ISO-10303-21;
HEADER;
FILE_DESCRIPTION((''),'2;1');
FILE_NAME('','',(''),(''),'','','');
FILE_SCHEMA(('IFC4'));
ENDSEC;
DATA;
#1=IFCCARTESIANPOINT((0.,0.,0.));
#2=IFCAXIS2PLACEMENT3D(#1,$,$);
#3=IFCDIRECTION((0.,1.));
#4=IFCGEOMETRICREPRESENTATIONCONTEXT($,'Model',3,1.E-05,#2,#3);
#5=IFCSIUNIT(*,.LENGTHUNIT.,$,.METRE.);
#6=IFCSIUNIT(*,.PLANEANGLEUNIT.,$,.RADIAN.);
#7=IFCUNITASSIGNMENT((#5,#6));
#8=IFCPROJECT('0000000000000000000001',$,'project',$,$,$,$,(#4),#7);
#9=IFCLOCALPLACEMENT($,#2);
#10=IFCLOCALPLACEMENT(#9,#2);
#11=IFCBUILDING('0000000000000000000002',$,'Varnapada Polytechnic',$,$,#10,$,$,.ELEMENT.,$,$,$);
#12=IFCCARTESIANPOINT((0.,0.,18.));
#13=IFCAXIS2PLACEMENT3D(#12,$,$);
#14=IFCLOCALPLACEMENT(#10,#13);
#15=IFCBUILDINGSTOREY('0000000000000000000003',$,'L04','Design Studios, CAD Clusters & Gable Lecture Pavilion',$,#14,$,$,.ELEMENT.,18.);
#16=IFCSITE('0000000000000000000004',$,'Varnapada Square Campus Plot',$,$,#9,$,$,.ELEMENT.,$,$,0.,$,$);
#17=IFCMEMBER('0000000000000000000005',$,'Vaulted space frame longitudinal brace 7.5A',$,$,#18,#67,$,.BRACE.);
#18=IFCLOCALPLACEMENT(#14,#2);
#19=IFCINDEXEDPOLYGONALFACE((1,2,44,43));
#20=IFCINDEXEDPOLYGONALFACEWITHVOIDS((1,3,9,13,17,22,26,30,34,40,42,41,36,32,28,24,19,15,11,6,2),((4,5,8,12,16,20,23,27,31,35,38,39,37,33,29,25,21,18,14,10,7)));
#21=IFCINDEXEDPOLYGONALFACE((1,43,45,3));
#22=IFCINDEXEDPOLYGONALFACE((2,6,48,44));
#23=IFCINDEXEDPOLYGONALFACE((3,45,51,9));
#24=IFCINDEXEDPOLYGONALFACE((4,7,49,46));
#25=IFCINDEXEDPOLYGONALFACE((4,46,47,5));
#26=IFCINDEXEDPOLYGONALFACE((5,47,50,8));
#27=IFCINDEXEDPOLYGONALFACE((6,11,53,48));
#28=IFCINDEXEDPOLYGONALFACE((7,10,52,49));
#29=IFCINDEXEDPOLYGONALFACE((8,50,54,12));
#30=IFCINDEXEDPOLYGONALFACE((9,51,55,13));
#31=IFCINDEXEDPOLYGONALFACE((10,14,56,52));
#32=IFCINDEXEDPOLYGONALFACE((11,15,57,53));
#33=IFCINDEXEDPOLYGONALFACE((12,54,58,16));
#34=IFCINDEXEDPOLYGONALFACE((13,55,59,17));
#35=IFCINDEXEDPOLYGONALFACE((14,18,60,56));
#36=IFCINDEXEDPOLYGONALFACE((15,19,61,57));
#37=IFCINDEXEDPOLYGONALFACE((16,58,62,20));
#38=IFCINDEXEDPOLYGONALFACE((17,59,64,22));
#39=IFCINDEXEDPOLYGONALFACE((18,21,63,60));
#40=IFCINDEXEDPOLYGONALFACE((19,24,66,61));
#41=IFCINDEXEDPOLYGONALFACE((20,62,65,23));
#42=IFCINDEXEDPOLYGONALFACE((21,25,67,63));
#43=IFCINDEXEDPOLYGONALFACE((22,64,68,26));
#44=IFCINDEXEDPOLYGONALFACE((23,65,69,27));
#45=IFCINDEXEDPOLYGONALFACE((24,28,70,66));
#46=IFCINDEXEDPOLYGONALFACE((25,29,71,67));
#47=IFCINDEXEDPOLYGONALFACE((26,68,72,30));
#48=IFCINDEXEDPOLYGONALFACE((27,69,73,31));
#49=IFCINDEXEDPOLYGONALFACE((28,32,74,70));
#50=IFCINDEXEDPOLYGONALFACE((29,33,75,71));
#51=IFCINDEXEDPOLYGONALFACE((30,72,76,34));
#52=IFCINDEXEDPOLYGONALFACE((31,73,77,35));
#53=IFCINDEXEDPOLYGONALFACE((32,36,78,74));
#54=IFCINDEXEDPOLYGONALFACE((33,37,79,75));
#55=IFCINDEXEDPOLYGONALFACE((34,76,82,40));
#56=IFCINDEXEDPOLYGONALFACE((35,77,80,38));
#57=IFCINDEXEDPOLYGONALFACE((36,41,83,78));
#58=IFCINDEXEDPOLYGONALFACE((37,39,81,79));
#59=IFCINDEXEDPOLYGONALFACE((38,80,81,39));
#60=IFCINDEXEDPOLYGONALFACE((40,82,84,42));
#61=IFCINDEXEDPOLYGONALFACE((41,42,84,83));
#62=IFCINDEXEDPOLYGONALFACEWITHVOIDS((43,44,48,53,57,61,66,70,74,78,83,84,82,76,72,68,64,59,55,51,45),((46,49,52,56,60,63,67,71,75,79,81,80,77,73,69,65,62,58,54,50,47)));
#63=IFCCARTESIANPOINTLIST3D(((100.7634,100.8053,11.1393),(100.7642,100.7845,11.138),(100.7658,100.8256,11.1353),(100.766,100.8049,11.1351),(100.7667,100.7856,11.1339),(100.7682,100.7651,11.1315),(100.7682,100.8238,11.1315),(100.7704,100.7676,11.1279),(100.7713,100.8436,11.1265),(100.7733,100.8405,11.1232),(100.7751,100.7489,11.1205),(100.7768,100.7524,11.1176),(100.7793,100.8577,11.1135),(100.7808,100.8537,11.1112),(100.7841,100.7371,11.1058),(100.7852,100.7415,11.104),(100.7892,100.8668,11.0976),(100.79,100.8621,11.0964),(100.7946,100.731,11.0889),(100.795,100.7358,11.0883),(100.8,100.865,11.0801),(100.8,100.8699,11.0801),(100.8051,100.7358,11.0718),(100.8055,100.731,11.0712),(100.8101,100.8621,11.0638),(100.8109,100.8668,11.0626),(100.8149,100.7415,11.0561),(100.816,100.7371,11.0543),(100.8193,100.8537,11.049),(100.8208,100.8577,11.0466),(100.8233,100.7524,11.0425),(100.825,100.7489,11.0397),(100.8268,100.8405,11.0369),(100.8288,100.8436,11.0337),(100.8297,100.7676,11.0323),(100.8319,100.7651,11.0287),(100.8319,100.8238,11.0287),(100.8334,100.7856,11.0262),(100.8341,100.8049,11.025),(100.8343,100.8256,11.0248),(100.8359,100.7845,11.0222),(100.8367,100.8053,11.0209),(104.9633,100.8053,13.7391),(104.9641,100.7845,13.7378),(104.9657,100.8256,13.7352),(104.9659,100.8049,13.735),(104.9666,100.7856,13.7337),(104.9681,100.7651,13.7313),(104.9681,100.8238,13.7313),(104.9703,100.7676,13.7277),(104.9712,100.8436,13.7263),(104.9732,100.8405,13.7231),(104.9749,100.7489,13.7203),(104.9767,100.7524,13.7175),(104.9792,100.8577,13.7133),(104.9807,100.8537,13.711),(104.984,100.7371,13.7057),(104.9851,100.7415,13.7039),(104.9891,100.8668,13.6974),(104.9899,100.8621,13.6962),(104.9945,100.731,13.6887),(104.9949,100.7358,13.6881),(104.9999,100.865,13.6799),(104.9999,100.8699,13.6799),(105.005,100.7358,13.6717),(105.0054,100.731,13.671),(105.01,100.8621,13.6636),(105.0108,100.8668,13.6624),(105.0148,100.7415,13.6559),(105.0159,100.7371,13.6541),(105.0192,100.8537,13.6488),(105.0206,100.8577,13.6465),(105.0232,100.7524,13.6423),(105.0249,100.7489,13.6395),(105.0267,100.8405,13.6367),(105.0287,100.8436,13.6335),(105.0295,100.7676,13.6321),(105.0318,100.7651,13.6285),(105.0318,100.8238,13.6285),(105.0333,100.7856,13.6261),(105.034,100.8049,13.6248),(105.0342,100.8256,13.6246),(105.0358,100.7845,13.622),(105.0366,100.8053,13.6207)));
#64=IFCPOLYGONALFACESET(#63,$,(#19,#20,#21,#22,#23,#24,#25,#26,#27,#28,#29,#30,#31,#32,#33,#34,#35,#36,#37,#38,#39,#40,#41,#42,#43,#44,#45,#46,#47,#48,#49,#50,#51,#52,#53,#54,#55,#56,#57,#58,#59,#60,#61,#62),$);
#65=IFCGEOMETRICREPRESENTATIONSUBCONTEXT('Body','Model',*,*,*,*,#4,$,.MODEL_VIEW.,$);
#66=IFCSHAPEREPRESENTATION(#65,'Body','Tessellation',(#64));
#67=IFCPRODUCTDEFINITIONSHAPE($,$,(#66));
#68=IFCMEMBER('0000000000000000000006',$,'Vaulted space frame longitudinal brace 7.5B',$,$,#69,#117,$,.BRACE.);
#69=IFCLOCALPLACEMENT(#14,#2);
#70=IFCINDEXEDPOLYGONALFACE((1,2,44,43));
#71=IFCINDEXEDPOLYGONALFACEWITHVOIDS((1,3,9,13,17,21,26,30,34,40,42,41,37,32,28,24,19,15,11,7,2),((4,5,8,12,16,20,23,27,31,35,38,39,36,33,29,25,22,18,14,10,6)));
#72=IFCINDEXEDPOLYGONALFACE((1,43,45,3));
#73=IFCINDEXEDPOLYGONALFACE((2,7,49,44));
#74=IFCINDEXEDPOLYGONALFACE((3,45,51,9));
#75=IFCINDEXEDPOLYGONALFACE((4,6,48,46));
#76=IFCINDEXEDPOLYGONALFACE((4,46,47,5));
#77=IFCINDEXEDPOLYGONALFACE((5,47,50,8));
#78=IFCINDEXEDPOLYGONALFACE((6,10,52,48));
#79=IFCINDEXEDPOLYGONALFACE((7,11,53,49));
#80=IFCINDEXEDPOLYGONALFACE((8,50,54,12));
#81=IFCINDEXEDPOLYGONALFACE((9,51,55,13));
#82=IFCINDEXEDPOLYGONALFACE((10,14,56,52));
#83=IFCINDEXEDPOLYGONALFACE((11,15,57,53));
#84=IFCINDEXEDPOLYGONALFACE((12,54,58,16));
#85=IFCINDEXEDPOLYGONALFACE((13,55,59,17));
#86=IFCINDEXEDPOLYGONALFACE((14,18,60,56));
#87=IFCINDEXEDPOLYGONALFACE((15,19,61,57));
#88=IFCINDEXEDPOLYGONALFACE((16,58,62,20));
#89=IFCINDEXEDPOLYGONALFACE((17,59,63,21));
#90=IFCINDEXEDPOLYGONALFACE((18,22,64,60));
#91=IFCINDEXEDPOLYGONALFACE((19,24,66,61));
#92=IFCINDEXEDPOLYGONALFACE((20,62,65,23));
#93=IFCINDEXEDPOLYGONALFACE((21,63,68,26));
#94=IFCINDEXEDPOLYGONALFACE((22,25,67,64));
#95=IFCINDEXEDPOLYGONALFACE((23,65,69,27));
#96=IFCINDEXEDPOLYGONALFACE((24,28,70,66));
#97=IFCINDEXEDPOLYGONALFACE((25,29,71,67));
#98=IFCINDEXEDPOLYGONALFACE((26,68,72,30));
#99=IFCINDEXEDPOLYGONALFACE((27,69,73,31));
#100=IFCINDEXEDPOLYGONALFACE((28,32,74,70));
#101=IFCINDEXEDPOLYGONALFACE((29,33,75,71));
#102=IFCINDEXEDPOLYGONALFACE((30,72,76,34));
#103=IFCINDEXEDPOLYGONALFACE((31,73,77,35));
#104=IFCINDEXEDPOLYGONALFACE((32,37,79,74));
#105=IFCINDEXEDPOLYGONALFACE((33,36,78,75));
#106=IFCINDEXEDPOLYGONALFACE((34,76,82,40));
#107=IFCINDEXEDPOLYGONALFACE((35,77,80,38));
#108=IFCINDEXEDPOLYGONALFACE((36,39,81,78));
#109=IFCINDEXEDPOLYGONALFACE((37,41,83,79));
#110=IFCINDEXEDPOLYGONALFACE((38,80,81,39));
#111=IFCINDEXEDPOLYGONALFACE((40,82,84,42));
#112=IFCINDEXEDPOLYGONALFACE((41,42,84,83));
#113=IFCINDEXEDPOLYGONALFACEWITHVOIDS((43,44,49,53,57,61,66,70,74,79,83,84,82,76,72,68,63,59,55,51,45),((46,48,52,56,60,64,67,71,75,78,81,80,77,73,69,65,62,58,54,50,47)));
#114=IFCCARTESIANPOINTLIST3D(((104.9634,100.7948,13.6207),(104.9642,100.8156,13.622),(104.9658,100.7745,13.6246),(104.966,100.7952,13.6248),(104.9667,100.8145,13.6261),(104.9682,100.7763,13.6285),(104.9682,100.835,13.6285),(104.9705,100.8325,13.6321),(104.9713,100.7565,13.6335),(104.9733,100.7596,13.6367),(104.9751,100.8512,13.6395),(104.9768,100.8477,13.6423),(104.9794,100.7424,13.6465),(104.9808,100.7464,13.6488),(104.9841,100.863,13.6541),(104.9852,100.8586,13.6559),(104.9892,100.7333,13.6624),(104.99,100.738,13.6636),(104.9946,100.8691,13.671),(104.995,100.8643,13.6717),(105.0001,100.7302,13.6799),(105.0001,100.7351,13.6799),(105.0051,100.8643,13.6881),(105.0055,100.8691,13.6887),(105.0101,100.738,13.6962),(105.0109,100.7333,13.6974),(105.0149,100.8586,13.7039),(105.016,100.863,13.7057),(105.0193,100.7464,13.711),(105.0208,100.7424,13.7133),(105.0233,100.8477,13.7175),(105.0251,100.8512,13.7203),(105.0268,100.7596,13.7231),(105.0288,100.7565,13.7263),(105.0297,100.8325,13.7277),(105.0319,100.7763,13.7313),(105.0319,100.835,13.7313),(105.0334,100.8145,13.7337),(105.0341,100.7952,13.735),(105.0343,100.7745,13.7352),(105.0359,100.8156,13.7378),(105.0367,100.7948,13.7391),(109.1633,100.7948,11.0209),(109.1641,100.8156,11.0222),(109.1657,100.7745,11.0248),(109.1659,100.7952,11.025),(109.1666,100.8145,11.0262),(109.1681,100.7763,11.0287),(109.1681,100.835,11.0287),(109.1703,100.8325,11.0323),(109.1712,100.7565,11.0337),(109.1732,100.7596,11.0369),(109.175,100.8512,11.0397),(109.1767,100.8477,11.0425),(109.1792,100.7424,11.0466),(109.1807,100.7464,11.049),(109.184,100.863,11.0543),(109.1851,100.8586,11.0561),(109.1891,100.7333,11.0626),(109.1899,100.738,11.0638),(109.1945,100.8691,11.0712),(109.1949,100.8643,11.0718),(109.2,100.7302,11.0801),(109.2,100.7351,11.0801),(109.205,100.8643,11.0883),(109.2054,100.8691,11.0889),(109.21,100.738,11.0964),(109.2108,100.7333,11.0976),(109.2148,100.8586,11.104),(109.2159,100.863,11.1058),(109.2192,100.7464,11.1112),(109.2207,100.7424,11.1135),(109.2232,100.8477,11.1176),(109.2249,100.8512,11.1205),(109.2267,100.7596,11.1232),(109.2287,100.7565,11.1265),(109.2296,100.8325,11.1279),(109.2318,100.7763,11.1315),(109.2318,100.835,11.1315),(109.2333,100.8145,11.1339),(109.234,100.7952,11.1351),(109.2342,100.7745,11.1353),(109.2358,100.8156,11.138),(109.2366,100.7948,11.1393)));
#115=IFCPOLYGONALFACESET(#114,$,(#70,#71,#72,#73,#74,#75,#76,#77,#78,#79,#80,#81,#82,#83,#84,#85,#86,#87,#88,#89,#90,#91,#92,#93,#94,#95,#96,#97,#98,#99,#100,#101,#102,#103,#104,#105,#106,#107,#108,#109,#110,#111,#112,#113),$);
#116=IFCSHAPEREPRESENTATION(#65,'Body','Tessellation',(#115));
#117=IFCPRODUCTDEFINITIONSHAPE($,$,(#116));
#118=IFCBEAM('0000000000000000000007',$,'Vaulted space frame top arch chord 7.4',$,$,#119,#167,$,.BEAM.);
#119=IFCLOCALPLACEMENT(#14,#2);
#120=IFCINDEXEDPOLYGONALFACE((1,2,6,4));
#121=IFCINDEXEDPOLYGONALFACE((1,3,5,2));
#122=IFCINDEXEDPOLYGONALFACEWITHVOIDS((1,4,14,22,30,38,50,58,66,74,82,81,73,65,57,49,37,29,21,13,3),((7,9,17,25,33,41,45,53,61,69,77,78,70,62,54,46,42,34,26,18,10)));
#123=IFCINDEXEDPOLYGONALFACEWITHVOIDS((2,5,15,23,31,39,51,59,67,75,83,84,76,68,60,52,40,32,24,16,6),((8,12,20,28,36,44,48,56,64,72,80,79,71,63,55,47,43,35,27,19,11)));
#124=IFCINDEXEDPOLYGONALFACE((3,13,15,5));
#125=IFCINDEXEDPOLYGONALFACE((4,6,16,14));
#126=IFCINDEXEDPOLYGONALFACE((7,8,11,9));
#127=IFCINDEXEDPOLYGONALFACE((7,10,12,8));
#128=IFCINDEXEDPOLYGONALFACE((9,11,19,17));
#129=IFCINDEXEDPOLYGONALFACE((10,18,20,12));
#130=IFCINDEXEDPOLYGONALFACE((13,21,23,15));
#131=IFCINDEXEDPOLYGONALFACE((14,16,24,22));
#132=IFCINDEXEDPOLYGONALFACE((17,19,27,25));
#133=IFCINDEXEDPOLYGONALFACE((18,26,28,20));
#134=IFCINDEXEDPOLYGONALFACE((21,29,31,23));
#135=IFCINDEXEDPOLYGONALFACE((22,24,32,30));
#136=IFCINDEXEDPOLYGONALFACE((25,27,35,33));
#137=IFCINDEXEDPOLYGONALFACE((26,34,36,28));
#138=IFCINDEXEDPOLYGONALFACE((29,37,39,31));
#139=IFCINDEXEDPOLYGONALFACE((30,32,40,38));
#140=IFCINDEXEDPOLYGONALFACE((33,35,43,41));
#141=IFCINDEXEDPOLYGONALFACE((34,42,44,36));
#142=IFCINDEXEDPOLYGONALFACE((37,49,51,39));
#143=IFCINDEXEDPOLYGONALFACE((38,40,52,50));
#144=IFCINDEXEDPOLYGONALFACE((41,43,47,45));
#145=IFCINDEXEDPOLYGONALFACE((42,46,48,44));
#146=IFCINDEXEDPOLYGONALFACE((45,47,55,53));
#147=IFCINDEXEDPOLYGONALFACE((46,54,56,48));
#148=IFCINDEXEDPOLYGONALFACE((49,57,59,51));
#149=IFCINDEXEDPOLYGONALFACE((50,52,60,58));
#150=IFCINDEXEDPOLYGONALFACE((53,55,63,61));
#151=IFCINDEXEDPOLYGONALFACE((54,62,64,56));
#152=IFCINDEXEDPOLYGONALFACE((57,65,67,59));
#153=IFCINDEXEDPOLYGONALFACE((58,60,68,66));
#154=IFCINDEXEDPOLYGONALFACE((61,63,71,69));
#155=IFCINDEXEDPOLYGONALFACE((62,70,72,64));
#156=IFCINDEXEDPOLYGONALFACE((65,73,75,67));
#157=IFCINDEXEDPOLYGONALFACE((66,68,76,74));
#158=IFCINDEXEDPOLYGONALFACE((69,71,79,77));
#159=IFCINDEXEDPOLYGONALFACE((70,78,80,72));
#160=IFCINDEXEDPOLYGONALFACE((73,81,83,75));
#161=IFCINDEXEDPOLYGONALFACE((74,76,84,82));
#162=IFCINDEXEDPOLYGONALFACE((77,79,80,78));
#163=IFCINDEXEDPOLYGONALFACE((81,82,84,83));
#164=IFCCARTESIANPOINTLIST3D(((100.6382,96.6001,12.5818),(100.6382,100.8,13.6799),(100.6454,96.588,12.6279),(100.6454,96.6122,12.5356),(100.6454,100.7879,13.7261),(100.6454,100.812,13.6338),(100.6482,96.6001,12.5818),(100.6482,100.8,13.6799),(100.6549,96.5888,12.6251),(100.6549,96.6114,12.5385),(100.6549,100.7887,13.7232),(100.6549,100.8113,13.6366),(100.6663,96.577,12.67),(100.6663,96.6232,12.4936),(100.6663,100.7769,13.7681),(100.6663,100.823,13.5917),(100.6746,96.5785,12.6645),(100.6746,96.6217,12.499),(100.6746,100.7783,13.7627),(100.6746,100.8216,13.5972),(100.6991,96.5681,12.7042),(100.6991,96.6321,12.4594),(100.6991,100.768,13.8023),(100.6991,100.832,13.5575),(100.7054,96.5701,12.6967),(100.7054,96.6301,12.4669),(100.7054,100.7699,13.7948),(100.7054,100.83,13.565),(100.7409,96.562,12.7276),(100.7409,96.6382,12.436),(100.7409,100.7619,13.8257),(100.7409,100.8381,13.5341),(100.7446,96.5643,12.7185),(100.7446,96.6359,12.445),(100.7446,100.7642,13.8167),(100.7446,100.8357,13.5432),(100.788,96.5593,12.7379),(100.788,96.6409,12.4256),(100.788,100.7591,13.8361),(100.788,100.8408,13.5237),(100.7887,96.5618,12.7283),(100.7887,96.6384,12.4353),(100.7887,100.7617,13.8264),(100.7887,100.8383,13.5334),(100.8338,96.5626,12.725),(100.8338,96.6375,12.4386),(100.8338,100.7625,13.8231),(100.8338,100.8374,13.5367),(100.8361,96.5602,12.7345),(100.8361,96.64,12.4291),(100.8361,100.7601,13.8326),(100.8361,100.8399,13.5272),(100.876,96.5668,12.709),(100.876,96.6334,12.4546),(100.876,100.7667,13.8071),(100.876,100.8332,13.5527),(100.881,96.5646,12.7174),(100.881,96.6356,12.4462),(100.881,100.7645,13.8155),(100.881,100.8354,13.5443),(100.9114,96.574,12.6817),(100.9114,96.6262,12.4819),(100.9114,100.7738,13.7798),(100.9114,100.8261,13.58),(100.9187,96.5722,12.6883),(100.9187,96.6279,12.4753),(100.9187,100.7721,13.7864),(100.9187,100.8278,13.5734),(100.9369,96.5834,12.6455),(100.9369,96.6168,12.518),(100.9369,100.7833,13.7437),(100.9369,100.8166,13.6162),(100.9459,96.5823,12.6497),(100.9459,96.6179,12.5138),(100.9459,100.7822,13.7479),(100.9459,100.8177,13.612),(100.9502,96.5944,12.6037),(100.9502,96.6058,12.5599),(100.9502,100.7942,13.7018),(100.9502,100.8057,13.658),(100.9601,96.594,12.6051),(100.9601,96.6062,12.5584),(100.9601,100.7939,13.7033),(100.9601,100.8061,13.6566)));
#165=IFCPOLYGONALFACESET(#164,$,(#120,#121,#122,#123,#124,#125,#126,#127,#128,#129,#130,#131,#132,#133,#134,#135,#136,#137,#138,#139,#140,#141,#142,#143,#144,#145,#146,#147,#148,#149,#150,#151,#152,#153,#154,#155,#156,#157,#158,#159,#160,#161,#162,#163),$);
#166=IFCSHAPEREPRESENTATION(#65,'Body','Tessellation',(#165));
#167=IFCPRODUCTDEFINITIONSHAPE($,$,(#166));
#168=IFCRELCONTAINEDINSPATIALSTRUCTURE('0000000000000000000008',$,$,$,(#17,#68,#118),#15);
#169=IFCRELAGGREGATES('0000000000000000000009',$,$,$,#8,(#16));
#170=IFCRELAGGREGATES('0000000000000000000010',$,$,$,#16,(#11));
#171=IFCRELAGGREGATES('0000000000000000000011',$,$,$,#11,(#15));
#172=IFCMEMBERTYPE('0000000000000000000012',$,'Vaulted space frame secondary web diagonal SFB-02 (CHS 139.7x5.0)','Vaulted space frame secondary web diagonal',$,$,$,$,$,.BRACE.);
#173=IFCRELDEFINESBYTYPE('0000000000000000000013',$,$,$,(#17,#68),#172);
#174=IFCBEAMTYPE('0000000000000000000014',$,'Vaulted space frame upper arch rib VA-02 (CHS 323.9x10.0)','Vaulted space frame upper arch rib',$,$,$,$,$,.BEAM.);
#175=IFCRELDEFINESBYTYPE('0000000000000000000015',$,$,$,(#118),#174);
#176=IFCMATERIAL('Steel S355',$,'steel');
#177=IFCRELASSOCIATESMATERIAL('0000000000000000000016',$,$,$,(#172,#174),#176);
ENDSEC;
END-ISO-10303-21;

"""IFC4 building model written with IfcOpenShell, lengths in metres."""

from ifc_helpers import new_model, si_unit, direction, frame, origin, origin_2d, place, context, subcontext, project, spatial, hollow_circle, extrude, material, material_profile, profile_set, type_object, element, save


model = new_model("IFC4")

# Units and contexts
model_context = context("Model", 3, precision=1e-05, world=origin(), true_north=direction((0.0, 1.0)))
body_context = subcontext(model_context, "Body", "Model", "MODEL_VIEW")
ifc_project = project(units=[si_unit("LENGTHUNIT", "METRE"), si_unit("PLANEANGLEUNIT", "RADIAN")], contexts=[model_context])

# Site, building, storey
site_placement = place(None, origin())
site = spatial("IfcSite", under=ifc_project, at=site_placement, Name="Varnapada Square Campus Plot", CompositionType="ELEMENT", RefElevation=0.0)
building_placement = place(site_placement, origin())
building = spatial("IfcBuilding", under=site, at=building_placement, Name="Varnapada Polytechnic", CompositionType="ELEMENT")
storey_placement = place(building_placement, frame((0.0, 0.0, 18.0)))
storey = spatial("IfcBuildingStorey", under=building, at=storey_placement, Name="L04", Description="Design Studios, CAD Clusters & Gable Lecture Pavilion", CompositionType="ELEMENT", Elevation=18.0)

# Shared definitions
ifc_material = material(Name="Steel S355", Category="steel")

# Members
ifc_material_profile_1 = material_profile(ifc_material, hollow_circle(Radius=0.0698, WallThickness=0.0049, at=origin_2d()), Name="CHS 139.7x5.0")
ifc_profile_set_1 = profile_set([ifc_material_profile_1], Name="Steel S355")
member_type_1 = type_object("IfcMemberType", Name="Vaulted space frame secondary web diagonal SFB-02 (CHS 139.7x5.0)", Description="Vaulted space frame secondary web diagonal", PredefinedType="BRACE", material=ifc_profile_set_1)
for number, where, z_axis, x_axis, name in (
    (1, (100.8, 100.8, 11.0801), (0.850276, 0.0, 0.526338), (0.0, 1.0, 0.0), "Vaulted space frame longitudinal brace 7.5A"),
    (2, (109.2, 100.8, 11.0801), (-0.850276, 0.0, 0.526338), (0.0, -1.0, 0.0), "Vaulted space frame longitudinal brace 7.5B"),
):
    element("IfcMember", number, at=place(storey_placement, frame(where, z_axis=z_axis, x_axis=x_axis)), inside=storey, type_object=member_type_1, Name=name, PredefinedType="BRACE", context=body_context, shape_type="SweptSolid", body=[
        extrude(hollow_circle(Radius=0.0698, WallThickness=0.0049, at=origin_2d()), origin(), (0.0, 0.0, 1.0), 4.9395),
    ])

# Beam
ifc_material_profile_2 = material_profile(ifc_material, hollow_circle(Radius=0.1619, WallThickness=0.01, at=origin_2d()), Name="CHS 323.9x10.0")
ifc_profile_set_2 = profile_set([ifc_material_profile_2], Name="Steel S355")
beam_type_1 = type_object("IfcBeamType", Name="Vaulted space frame upper arch rib VA-02 (CHS 323.9x10.0)", Description="Vaulted space frame upper arch rib", PredefinedType="BEAM", material=ifc_profile_set_2)
beam_1_placement = place(storey_placement, frame((100.8, 96.6001, 12.5818), z_axis=(0.0, 0.967476, 0.252962), x_axis=(-1.0, 0.0, 0.0)))
element("IfcBeam", 3, at=beam_1_placement, inside=storey, type_object=beam_type_1, Name="Vaulted space frame top arch chord 7.4", PredefinedType="BEAM", context=body_context, shape_type="SweptSolid", body=[
    extrude(hollow_circle(Radius=0.1619, WallThickness=0.01, at=origin_2d()), origin(), (0.0, 0.0, 1.0), 4.3411),
])

save(model, "model.ifc")
